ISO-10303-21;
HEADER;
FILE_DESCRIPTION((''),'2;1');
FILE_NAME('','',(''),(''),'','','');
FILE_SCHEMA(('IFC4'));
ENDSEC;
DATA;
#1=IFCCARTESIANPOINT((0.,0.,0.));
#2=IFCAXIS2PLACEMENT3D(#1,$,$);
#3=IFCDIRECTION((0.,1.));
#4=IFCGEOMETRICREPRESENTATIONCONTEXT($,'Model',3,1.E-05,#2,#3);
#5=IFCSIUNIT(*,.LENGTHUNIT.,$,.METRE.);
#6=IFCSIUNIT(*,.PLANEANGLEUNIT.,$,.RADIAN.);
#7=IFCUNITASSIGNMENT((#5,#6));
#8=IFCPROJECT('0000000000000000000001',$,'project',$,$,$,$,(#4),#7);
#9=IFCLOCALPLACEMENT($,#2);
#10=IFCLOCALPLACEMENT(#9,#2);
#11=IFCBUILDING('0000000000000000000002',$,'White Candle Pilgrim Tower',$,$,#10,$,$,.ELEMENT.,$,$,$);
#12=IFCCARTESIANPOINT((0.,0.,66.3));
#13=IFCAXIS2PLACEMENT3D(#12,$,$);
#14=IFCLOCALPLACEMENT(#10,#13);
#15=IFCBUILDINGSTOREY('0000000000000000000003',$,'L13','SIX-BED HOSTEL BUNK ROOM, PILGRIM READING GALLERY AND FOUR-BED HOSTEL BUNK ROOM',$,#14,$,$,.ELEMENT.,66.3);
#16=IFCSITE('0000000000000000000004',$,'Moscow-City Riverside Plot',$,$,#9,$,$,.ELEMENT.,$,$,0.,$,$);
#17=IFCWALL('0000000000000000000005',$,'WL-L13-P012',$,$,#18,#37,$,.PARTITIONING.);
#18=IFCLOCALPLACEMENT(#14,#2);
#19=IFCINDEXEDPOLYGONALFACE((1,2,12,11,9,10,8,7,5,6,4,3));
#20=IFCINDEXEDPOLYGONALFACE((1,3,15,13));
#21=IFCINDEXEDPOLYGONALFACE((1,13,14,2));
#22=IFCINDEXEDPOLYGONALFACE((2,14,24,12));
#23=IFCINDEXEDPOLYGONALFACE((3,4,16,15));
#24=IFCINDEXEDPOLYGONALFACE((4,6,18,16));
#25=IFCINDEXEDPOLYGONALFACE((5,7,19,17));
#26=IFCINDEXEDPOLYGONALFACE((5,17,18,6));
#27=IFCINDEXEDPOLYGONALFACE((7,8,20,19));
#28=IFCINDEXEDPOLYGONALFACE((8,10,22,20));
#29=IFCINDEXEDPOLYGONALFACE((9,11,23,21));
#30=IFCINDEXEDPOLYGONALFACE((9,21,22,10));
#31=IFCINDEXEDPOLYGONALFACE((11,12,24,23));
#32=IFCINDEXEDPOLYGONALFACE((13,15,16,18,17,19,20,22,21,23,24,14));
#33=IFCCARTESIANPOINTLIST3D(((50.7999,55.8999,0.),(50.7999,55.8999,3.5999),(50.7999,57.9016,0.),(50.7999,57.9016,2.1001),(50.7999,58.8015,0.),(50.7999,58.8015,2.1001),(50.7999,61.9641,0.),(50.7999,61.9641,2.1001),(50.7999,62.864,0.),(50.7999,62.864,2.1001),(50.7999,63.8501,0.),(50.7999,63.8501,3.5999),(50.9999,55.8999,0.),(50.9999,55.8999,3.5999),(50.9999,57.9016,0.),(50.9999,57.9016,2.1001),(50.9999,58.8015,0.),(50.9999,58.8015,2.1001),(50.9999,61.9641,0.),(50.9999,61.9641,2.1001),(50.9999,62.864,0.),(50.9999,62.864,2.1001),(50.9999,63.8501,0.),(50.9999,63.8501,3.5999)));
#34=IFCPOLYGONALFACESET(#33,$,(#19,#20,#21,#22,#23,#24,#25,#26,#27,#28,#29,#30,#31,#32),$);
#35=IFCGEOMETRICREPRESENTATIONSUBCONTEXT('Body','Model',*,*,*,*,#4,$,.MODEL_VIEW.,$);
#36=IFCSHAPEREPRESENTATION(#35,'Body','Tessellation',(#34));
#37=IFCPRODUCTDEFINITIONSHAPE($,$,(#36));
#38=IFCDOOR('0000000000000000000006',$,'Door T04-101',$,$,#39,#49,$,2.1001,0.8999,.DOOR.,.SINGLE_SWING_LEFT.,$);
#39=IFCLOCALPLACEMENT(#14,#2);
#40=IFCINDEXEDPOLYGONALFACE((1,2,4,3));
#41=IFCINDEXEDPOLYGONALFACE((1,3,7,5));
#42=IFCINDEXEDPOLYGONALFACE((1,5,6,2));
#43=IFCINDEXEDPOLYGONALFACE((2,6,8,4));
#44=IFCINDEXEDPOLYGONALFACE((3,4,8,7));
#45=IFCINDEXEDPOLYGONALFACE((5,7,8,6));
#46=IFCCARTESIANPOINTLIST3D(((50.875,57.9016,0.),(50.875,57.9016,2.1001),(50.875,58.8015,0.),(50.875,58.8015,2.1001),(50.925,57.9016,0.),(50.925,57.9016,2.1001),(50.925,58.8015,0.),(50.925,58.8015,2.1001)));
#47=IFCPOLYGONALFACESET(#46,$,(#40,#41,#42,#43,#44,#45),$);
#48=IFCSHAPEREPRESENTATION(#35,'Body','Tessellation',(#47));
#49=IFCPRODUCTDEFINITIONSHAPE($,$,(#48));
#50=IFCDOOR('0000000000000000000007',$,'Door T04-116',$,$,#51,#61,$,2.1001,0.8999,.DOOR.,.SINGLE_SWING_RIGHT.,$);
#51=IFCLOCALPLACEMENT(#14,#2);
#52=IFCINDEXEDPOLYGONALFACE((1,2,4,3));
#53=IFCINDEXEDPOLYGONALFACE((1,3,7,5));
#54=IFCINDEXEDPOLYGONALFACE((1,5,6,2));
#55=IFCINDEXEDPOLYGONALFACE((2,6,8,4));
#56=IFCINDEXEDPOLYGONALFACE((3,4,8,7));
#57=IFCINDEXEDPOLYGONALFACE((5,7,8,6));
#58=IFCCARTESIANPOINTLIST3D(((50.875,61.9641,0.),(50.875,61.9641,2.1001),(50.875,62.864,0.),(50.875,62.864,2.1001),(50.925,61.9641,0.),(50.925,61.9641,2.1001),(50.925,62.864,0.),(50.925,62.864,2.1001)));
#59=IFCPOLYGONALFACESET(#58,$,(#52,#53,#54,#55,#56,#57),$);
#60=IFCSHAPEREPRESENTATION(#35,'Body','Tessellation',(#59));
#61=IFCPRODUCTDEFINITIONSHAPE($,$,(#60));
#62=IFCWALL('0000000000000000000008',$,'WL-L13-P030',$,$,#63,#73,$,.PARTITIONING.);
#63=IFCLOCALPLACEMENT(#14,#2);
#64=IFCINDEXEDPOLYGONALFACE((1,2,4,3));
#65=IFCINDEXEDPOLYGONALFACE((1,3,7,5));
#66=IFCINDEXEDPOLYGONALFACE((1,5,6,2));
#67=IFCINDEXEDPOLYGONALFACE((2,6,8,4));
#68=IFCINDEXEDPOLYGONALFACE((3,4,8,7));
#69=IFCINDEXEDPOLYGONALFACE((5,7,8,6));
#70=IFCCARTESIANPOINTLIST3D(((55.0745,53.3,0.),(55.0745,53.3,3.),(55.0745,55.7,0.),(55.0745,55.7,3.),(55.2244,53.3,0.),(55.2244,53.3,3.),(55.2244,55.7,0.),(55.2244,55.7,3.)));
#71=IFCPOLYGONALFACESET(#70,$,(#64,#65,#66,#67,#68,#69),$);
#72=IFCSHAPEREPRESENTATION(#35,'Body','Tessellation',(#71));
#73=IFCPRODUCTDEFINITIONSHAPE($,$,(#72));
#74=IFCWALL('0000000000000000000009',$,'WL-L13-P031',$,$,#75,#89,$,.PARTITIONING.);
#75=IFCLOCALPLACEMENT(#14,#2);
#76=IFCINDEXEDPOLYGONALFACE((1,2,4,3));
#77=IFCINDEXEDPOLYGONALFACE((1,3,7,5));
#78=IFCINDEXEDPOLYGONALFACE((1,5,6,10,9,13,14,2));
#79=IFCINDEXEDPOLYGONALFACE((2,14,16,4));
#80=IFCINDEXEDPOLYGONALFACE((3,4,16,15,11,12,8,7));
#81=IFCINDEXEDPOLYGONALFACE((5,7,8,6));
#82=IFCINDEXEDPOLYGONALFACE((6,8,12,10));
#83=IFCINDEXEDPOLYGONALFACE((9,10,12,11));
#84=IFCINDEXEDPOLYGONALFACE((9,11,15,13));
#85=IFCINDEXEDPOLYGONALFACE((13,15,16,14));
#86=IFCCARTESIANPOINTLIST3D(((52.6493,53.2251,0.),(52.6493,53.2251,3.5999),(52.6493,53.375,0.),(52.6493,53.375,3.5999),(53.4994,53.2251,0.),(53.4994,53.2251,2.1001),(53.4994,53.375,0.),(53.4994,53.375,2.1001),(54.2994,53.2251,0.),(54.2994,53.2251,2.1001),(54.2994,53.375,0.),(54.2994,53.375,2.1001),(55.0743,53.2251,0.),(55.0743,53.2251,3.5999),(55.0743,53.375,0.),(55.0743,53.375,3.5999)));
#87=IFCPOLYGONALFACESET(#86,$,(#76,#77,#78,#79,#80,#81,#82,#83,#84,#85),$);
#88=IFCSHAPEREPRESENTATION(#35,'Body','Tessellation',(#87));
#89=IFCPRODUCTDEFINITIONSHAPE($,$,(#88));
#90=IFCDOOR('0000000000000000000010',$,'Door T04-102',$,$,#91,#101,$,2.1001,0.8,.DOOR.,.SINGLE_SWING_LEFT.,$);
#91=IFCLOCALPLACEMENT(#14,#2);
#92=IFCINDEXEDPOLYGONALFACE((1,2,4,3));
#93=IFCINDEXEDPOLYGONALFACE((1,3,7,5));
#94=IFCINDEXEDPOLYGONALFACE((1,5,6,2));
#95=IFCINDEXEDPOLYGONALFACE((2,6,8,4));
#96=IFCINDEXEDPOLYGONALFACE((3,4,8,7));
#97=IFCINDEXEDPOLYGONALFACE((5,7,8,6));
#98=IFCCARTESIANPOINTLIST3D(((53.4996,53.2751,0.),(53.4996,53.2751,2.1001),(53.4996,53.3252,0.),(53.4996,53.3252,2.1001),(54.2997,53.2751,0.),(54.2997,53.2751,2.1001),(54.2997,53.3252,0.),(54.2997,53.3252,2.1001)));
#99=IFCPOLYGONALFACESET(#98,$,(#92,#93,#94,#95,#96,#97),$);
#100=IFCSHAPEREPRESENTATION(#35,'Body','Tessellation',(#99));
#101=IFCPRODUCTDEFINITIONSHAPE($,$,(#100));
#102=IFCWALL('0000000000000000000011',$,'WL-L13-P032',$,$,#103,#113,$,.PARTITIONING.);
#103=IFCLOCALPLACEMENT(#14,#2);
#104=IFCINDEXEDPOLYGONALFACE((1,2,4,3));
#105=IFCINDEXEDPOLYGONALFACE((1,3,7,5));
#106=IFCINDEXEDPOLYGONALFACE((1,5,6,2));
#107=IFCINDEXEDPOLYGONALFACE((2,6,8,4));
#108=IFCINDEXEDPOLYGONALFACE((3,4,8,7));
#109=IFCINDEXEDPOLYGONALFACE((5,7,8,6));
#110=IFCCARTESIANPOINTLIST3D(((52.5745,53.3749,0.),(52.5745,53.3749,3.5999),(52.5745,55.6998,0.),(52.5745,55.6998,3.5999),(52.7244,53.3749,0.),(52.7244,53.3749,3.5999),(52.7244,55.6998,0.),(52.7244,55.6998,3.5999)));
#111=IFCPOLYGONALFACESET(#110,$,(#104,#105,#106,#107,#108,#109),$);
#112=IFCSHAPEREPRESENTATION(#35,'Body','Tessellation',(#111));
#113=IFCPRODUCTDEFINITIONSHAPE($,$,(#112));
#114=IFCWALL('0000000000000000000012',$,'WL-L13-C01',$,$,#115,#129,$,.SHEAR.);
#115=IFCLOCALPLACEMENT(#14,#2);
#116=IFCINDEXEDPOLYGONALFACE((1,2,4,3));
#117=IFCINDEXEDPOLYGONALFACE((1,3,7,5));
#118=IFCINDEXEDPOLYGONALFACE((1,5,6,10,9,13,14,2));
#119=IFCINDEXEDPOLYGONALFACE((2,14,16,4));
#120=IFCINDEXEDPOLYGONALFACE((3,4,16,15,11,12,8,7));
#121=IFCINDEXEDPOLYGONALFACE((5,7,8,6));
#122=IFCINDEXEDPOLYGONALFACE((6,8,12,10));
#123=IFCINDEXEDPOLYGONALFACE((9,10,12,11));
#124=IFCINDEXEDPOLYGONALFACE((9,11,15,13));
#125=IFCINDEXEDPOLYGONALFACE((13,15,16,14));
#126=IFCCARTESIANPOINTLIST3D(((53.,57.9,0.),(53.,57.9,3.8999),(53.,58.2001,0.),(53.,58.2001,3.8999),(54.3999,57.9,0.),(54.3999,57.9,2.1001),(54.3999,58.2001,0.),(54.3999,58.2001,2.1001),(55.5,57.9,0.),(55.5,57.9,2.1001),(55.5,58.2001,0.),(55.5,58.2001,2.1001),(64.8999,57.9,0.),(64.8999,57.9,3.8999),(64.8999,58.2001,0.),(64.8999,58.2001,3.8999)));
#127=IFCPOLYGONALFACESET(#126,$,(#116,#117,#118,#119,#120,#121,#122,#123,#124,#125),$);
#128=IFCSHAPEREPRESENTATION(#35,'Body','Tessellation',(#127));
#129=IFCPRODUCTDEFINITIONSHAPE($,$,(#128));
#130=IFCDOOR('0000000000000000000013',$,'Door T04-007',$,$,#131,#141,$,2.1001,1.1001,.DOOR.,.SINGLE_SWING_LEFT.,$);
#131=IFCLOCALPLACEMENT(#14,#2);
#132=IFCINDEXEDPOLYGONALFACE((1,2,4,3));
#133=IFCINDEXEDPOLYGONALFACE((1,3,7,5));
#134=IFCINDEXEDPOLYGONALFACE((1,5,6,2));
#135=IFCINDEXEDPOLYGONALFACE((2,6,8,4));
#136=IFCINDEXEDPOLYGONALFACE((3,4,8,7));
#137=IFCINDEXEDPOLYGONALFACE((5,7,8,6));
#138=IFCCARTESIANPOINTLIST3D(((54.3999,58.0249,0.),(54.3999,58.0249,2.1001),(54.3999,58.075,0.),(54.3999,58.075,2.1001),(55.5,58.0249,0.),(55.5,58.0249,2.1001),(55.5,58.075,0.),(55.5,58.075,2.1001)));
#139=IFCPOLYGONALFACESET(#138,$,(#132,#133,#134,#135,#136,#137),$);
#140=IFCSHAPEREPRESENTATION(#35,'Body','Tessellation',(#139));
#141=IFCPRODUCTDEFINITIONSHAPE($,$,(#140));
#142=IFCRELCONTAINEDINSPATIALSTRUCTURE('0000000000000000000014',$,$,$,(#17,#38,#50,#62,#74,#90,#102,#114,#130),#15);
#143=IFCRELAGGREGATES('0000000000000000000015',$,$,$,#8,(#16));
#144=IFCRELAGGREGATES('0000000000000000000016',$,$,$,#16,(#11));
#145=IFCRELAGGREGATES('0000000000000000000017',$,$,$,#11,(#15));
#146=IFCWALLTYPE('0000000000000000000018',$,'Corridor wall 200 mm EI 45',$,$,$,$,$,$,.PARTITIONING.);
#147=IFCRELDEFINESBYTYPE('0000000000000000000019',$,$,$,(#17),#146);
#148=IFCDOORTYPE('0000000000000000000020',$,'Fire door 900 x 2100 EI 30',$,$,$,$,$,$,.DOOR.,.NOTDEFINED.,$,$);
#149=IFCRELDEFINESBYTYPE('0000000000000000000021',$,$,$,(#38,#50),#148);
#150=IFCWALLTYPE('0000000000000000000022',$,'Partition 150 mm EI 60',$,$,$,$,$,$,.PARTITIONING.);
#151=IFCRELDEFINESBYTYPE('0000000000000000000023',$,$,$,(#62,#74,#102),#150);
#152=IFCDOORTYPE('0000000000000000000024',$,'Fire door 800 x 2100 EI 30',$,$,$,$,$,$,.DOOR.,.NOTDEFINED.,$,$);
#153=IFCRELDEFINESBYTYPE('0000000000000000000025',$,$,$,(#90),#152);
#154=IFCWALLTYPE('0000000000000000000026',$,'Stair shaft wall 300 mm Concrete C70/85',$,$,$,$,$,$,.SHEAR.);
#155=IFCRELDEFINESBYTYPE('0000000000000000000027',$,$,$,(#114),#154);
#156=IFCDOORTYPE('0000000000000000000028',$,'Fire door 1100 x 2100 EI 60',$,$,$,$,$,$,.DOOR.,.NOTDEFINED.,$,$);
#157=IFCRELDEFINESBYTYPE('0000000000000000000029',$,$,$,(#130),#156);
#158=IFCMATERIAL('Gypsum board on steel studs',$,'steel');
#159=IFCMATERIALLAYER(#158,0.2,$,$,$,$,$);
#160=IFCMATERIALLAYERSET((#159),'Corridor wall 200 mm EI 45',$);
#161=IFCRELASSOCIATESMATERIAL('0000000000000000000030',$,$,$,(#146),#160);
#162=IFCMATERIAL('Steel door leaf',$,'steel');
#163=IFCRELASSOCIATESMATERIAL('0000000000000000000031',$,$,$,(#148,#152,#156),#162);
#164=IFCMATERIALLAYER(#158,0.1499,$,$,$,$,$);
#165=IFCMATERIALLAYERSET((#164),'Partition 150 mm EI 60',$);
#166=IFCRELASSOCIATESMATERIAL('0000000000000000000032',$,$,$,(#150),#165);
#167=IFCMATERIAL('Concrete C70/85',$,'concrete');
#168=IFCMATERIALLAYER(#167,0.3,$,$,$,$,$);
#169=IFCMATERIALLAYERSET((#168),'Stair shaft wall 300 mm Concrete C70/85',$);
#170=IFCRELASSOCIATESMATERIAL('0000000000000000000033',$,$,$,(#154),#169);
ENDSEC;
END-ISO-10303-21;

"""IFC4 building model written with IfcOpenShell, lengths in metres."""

from ifc_helpers import new_model, si_unit, direction, frame, frame_2d, origin, place, context, subcontext, project, spatial, rectangle, extrude, material, layer, layer_set, type_object, element, fill, save


model = new_model("IFC4")

# Units and contexts
model_context = context("Model", 3, precision=1e-05, world=origin(), true_north=direction((0.0, 1.0)))
body_context = subcontext(model_context, "Body", "Model", "MODEL_VIEW")
ifc_project = project(units=[si_unit("LENGTHUNIT", "METRE"), si_unit("PLANEANGLEUNIT", "RADIAN")], contexts=[model_context])

# Site, building, storey
site_placement = place(None, origin())
site = spatial("IfcSite", under=ifc_project, at=site_placement, Name="Moscow-City Riverside Plot", CompositionType="ELEMENT", RefElevation=0.0)
building_placement = place(site_placement, origin())
building = spatial("IfcBuilding", under=site, at=building_placement, Name="White Candle Pilgrim Tower", CompositionType="ELEMENT")
storey_placement = place(building_placement, frame((0.0, 0.0, 66.3)))
storey = spatial("IfcBuildingStorey", under=building, at=storey_placement, Name="L13", Description="SIX-BED HOSTEL BUNK ROOM, PILGRIM READING GALLERY AND FOUR-BED HOSTEL BUNK ROOM", CompositionType="ELEMENT", Elevation=66.3)

# Shared definitions
ifc_material_1 = material(Name="Concrete C70/85", Category="concrete")

# Shared definitions
ifc_material_2 = material(Name="Gypsum board on steel studs", Category="steel")
ifc_layer_1 = layer(ifc_material_2, 0.2)
ifc_layer_set_1 = layer_set([ifc_layer_1], Name="Corridor wall 200 mm EI 45")
wall_type_1 = type_object("IfcWallType", Name="Corridor wall 200 mm EI 45", PredefinedType="PARTITIONING", material=ifc_layer_set_1)
ifc_material_3 = material(Name="Steel door leaf", Category="steel")
door_type_1 = type_object("IfcDoorType", Name="Fire door 900 x 2100 EI 30", OperationType="NOTDEFINED", PredefinedType="DOOR", material=ifc_material_3)

# Wall, openings, doors
wall_1_placement = place(storey_placement, frame((50.8999, 55.8999, 0.0), z_axis=(0.0, 0.0, 1.0), x_axis=(0.0, 1.0, 0.0)))
wall_1 = element("IfcWall", 1, at=wall_1_placement, inside=storey, type_object=wall_type_1, Name="WL-L13-P012", PredefinedType="PARTITIONING", context=body_context, shape_type="SweptSolid", body=[
    extrude(rectangle(XDim=7.9502, YDim=0.2, at=frame_2d((3.9751, 0.0))), origin(), (0.0, 0.0, 1.0), 3.5999),
])
opening_1_placement = place(wall_1_placement, frame((2.0017, 0.0, 0.0)))
opening_1 = element("IfcOpeningElement", 2, at=opening_1_placement, cuts=wall_1, PredefinedType="OPENING", context=body_context, shape_type="SweptSolid", body=[
    extrude(rectangle(XDim=0.8999, YDim=2.1001, at=frame_2d((0.45, 1.05))), frame((0.0, 0.1099, 0.0), z_axis=(0.0, -1.0, 0.0), x_axis=(1.0, 0.0, 0.0)), (0.0, 0.0, 1.0), 0.22),
])
opening_2_placement = place(wall_1_placement, frame((6.0642, 0.0, 0.0)))
opening_2 = element("IfcOpeningElement", 3, at=opening_2_placement, cuts=wall_1, PredefinedType="OPENING", context=body_context, shape_type="SweptSolid", body=[
    extrude(rectangle(XDim=0.8999, YDim=2.1001, at=frame_2d((0.45, 1.05))), frame((0.0, 0.1099, 0.0), z_axis=(0.0, -1.0, 0.0), x_axis=(1.0, 0.0, 0.0)), (0.0, 0.0, 1.0), 0.22),
])
door_1_placement = place(opening_1_placement, origin())
door_1 = element("IfcDoor", 4, at=door_1_placement, inside=storey, type_object=door_type_1, Name="Door T04-101", OperationType="SINGLE_SWING_LEFT", OverallHeight=2.1001, OverallWidth=0.8999, PredefinedType="DOOR", context=body_context, shape_type="SweptSolid", body=[
    extrude(rectangle(XDim=0.8999, YDim=2.1001, at=frame_2d((0.45, 1.05))), frame((0.0, 0.0249, 0.0), z_axis=(0.0, -1.0, 0.0), x_axis=(1.0, 0.0, 0.0)), (0.0, 0.0, 1.0), 0.05),
])
fill(opening_1, door_1)
door_2_placement = place(opening_2_placement, origin())
door_2 = element("IfcDoor", 5, at=door_2_placement, inside=storey, type_object=door_type_1, Name="Door T04-116", OperationType="SINGLE_SWING_RIGHT", OverallHeight=2.1001, OverallWidth=0.8999, PredefinedType="DOOR", context=body_context, shape_type="SweptSolid", body=[
    extrude(rectangle(XDim=0.8999, YDim=2.1001, at=frame_2d((0.45, 1.05))), frame((0.0, 0.0249, 0.0), z_axis=(0.0, -1.0, 0.0), x_axis=(1.0, 0.0, 0.0)), (0.0, 0.0, 1.0), 0.05),
])
fill(opening_2, door_2)

# Wall
ifc_layer_2 = layer(ifc_material_2, 0.1499)
ifc_layer_set_2 = layer_set([ifc_layer_2], Name="Partition 150 mm EI 60")
wall_type_2 = type_object("IfcWallType", Name="Partition 150 mm EI 60", PredefinedType="PARTITIONING", material=ifc_layer_set_2)
wall_2_placement = place(storey_placement, frame((55.1494, 55.7, 0.0), z_axis=(0.0, 0.0, 1.0), x_axis=(0.0, -1.0, 0.0)))
element("IfcWall", 6, at=wall_2_placement, inside=storey, type_object=wall_type_2, Name="WL-L13-P030", PredefinedType="PARTITIONING", context=body_context, shape_type="SweptSolid", body=[
    extrude(rectangle(XDim=2.3999, YDim=0.1499, at=frame_2d((1.2, 0.0))), origin(), (0.0, 0.0, 1.0), 3.0),
])

# Wall, opening, door
wall_3_placement = place(storey_placement, frame((52.6494, 53.3, 0.0), z_axis=(0.0, 0.0, 1.0), x_axis=(1.0, 0.0, 0.0)))
wall_3 = element("IfcWall", 7, at=wall_3_placement, inside=storey, type_object=wall_type_2, Name="WL-L13-P031", PredefinedType="PARTITIONING", context=body_context, shape_type="SweptSolid", body=[
    extrude(rectangle(XDim=2.425, YDim=0.1499, at=frame_2d((1.2124, 0.0))), origin(), (0.0, 0.0, 1.0), 3.5999),
])
opening_3_placement = place(wall_3_placement, frame((0.8501, 0.0, 0.0)))
opening_3 = element("IfcOpeningElement", 8, at=opening_3_placement, cuts=wall_3, PredefinedType="OPENING", context=body_context, shape_type="SweptSolid", body=[
    extrude(rectangle(XDim=0.8, YDim=2.1001, at=frame_2d((0.3999, 1.05))), frame((0.0, 0.085, 0.0), z_axis=(0.0, -1.0, 0.0), x_axis=(1.0, 0.0, 0.0)), (0.0, 0.0, 1.0), 0.1699),
])
door_type_2 = type_object("IfcDoorType", Name="Fire door 800 x 2100 EI 30", OperationType="NOTDEFINED", PredefinedType="DOOR", material=ifc_material_3)
door_3_placement = place(opening_3_placement, frame((0.8, 0.0, 0.0), z_axis=(0.0, 0.0, 1.0), x_axis=(-1.0, 0.0, 0.0)))
door_3 = element("IfcDoor", 9, at=door_3_placement, inside=storey, type_object=door_type_2, Name="Door T04-102", OperationType="SINGLE_SWING_LEFT", OverallHeight=2.1001, OverallWidth=0.8, PredefinedType="DOOR", context=body_context, shape_type="SweptSolid", body=[
    extrude(rectangle(XDim=0.8, YDim=2.1001, at=frame_2d((0.3999, 1.05))), frame((0.0, 0.0249, 0.0), z_axis=(0.0, -1.0, 0.0), x_axis=(1.0, 0.0, 0.0)), (0.0, 0.0, 1.0), 0.05),
])
fill(opening_3, door_3)

# Wall
wall_4_placement = place(storey_placement, frame((52.6494, 55.7, 0.0), z_axis=(0.0, 0.0, 1.0), x_axis=(0.0, -1.0, 0.0)))
element("IfcWall", 10, at=wall_4_placement, inside=storey, type_object=wall_type_2, Name="WL-L13-P032", PredefinedType="PARTITIONING", context=body_context, shape_type="SweptSolid", body=[
    extrude(rectangle(XDim=2.325, YDim=0.1499, at=frame_2d((1.1626, 0.0))), origin(), (0.0, 0.0, 1.0), 3.5999),
])

# Wall, opening, door
ifc_layer_3 = layer(ifc_material_1, 0.3)
ifc_layer_set_3 = layer_set([ifc_layer_3], Name="Stair shaft wall 300 mm Concrete C70/85")
wall_type_3 = type_object("IfcWallType", Name="Stair shaft wall 300 mm Concrete C70/85", PredefinedType="SHEAR", material=ifc_layer_set_3)
wall_5_placement = place(storey_placement, frame((53.0, 58.05, 0.0), z_axis=(0.0, 0.0, 1.0), x_axis=(1.0, 0.0, 0.0)))
wall_5 = element("IfcWall", 11, at=wall_5_placement, inside=storey, type_object=wall_type_3, Name="WL-L13-C01", PredefinedType="SHEAR", context=body_context, shape_type="SweptSolid", body=[
    extrude(rectangle(XDim=11.8999, YDim=0.3, at=frame_2d((5.95, 0.0))), origin(), (0.0, 0.0, 1.0), 3.8999),
])
opening_4_placement = place(wall_5_placement, frame((1.3999, 0.0, 0.0)))
opening_4 = element("IfcOpeningElement", 12, at=opening_4_placement, cuts=wall_5, PredefinedType="OPENING", context=body_context, shape_type="SweptSolid", body=[
    extrude(rectangle(XDim=1.1001, YDim=2.1001, at=frame_2d((0.55, 1.05))), frame((0.0, 0.1599, 0.0), z_axis=(0.0, -1.0, 0.0), x_axis=(1.0, 0.0, 0.0)), (0.0, 0.0, 1.0), 0.3201),
])
door_type_3 = type_object("IfcDoorType", Name="Fire door 1100 x 2100 EI 60", OperationType="NOTDEFINED", PredefinedType="DOOR", material=ifc_material_3)
door_4_placement = place(opening_4_placement, origin())
door_4 = element("IfcDoor", 13, at=door_4_placement, inside=storey, type_object=door_type_3, Name="Door T04-007", OperationType="SINGLE_SWING_LEFT", OverallHeight=2.1001, OverallWidth=1.1001, PredefinedType="DOOR", context=body_context, shape_type="SweptSolid", body=[
    extrude(rectangle(XDim=1.1001, YDim=2.1001, at=frame_2d((0.55, 1.05))), frame((0.0, 0.0249, 0.0), z_axis=(0.0, -1.0, 0.0), x_axis=(1.0, 0.0, 0.0)), (0.0, 0.0, 1.0), 0.05),
])
fill(opening_4, door_4)

save(model, "model.ifc")
